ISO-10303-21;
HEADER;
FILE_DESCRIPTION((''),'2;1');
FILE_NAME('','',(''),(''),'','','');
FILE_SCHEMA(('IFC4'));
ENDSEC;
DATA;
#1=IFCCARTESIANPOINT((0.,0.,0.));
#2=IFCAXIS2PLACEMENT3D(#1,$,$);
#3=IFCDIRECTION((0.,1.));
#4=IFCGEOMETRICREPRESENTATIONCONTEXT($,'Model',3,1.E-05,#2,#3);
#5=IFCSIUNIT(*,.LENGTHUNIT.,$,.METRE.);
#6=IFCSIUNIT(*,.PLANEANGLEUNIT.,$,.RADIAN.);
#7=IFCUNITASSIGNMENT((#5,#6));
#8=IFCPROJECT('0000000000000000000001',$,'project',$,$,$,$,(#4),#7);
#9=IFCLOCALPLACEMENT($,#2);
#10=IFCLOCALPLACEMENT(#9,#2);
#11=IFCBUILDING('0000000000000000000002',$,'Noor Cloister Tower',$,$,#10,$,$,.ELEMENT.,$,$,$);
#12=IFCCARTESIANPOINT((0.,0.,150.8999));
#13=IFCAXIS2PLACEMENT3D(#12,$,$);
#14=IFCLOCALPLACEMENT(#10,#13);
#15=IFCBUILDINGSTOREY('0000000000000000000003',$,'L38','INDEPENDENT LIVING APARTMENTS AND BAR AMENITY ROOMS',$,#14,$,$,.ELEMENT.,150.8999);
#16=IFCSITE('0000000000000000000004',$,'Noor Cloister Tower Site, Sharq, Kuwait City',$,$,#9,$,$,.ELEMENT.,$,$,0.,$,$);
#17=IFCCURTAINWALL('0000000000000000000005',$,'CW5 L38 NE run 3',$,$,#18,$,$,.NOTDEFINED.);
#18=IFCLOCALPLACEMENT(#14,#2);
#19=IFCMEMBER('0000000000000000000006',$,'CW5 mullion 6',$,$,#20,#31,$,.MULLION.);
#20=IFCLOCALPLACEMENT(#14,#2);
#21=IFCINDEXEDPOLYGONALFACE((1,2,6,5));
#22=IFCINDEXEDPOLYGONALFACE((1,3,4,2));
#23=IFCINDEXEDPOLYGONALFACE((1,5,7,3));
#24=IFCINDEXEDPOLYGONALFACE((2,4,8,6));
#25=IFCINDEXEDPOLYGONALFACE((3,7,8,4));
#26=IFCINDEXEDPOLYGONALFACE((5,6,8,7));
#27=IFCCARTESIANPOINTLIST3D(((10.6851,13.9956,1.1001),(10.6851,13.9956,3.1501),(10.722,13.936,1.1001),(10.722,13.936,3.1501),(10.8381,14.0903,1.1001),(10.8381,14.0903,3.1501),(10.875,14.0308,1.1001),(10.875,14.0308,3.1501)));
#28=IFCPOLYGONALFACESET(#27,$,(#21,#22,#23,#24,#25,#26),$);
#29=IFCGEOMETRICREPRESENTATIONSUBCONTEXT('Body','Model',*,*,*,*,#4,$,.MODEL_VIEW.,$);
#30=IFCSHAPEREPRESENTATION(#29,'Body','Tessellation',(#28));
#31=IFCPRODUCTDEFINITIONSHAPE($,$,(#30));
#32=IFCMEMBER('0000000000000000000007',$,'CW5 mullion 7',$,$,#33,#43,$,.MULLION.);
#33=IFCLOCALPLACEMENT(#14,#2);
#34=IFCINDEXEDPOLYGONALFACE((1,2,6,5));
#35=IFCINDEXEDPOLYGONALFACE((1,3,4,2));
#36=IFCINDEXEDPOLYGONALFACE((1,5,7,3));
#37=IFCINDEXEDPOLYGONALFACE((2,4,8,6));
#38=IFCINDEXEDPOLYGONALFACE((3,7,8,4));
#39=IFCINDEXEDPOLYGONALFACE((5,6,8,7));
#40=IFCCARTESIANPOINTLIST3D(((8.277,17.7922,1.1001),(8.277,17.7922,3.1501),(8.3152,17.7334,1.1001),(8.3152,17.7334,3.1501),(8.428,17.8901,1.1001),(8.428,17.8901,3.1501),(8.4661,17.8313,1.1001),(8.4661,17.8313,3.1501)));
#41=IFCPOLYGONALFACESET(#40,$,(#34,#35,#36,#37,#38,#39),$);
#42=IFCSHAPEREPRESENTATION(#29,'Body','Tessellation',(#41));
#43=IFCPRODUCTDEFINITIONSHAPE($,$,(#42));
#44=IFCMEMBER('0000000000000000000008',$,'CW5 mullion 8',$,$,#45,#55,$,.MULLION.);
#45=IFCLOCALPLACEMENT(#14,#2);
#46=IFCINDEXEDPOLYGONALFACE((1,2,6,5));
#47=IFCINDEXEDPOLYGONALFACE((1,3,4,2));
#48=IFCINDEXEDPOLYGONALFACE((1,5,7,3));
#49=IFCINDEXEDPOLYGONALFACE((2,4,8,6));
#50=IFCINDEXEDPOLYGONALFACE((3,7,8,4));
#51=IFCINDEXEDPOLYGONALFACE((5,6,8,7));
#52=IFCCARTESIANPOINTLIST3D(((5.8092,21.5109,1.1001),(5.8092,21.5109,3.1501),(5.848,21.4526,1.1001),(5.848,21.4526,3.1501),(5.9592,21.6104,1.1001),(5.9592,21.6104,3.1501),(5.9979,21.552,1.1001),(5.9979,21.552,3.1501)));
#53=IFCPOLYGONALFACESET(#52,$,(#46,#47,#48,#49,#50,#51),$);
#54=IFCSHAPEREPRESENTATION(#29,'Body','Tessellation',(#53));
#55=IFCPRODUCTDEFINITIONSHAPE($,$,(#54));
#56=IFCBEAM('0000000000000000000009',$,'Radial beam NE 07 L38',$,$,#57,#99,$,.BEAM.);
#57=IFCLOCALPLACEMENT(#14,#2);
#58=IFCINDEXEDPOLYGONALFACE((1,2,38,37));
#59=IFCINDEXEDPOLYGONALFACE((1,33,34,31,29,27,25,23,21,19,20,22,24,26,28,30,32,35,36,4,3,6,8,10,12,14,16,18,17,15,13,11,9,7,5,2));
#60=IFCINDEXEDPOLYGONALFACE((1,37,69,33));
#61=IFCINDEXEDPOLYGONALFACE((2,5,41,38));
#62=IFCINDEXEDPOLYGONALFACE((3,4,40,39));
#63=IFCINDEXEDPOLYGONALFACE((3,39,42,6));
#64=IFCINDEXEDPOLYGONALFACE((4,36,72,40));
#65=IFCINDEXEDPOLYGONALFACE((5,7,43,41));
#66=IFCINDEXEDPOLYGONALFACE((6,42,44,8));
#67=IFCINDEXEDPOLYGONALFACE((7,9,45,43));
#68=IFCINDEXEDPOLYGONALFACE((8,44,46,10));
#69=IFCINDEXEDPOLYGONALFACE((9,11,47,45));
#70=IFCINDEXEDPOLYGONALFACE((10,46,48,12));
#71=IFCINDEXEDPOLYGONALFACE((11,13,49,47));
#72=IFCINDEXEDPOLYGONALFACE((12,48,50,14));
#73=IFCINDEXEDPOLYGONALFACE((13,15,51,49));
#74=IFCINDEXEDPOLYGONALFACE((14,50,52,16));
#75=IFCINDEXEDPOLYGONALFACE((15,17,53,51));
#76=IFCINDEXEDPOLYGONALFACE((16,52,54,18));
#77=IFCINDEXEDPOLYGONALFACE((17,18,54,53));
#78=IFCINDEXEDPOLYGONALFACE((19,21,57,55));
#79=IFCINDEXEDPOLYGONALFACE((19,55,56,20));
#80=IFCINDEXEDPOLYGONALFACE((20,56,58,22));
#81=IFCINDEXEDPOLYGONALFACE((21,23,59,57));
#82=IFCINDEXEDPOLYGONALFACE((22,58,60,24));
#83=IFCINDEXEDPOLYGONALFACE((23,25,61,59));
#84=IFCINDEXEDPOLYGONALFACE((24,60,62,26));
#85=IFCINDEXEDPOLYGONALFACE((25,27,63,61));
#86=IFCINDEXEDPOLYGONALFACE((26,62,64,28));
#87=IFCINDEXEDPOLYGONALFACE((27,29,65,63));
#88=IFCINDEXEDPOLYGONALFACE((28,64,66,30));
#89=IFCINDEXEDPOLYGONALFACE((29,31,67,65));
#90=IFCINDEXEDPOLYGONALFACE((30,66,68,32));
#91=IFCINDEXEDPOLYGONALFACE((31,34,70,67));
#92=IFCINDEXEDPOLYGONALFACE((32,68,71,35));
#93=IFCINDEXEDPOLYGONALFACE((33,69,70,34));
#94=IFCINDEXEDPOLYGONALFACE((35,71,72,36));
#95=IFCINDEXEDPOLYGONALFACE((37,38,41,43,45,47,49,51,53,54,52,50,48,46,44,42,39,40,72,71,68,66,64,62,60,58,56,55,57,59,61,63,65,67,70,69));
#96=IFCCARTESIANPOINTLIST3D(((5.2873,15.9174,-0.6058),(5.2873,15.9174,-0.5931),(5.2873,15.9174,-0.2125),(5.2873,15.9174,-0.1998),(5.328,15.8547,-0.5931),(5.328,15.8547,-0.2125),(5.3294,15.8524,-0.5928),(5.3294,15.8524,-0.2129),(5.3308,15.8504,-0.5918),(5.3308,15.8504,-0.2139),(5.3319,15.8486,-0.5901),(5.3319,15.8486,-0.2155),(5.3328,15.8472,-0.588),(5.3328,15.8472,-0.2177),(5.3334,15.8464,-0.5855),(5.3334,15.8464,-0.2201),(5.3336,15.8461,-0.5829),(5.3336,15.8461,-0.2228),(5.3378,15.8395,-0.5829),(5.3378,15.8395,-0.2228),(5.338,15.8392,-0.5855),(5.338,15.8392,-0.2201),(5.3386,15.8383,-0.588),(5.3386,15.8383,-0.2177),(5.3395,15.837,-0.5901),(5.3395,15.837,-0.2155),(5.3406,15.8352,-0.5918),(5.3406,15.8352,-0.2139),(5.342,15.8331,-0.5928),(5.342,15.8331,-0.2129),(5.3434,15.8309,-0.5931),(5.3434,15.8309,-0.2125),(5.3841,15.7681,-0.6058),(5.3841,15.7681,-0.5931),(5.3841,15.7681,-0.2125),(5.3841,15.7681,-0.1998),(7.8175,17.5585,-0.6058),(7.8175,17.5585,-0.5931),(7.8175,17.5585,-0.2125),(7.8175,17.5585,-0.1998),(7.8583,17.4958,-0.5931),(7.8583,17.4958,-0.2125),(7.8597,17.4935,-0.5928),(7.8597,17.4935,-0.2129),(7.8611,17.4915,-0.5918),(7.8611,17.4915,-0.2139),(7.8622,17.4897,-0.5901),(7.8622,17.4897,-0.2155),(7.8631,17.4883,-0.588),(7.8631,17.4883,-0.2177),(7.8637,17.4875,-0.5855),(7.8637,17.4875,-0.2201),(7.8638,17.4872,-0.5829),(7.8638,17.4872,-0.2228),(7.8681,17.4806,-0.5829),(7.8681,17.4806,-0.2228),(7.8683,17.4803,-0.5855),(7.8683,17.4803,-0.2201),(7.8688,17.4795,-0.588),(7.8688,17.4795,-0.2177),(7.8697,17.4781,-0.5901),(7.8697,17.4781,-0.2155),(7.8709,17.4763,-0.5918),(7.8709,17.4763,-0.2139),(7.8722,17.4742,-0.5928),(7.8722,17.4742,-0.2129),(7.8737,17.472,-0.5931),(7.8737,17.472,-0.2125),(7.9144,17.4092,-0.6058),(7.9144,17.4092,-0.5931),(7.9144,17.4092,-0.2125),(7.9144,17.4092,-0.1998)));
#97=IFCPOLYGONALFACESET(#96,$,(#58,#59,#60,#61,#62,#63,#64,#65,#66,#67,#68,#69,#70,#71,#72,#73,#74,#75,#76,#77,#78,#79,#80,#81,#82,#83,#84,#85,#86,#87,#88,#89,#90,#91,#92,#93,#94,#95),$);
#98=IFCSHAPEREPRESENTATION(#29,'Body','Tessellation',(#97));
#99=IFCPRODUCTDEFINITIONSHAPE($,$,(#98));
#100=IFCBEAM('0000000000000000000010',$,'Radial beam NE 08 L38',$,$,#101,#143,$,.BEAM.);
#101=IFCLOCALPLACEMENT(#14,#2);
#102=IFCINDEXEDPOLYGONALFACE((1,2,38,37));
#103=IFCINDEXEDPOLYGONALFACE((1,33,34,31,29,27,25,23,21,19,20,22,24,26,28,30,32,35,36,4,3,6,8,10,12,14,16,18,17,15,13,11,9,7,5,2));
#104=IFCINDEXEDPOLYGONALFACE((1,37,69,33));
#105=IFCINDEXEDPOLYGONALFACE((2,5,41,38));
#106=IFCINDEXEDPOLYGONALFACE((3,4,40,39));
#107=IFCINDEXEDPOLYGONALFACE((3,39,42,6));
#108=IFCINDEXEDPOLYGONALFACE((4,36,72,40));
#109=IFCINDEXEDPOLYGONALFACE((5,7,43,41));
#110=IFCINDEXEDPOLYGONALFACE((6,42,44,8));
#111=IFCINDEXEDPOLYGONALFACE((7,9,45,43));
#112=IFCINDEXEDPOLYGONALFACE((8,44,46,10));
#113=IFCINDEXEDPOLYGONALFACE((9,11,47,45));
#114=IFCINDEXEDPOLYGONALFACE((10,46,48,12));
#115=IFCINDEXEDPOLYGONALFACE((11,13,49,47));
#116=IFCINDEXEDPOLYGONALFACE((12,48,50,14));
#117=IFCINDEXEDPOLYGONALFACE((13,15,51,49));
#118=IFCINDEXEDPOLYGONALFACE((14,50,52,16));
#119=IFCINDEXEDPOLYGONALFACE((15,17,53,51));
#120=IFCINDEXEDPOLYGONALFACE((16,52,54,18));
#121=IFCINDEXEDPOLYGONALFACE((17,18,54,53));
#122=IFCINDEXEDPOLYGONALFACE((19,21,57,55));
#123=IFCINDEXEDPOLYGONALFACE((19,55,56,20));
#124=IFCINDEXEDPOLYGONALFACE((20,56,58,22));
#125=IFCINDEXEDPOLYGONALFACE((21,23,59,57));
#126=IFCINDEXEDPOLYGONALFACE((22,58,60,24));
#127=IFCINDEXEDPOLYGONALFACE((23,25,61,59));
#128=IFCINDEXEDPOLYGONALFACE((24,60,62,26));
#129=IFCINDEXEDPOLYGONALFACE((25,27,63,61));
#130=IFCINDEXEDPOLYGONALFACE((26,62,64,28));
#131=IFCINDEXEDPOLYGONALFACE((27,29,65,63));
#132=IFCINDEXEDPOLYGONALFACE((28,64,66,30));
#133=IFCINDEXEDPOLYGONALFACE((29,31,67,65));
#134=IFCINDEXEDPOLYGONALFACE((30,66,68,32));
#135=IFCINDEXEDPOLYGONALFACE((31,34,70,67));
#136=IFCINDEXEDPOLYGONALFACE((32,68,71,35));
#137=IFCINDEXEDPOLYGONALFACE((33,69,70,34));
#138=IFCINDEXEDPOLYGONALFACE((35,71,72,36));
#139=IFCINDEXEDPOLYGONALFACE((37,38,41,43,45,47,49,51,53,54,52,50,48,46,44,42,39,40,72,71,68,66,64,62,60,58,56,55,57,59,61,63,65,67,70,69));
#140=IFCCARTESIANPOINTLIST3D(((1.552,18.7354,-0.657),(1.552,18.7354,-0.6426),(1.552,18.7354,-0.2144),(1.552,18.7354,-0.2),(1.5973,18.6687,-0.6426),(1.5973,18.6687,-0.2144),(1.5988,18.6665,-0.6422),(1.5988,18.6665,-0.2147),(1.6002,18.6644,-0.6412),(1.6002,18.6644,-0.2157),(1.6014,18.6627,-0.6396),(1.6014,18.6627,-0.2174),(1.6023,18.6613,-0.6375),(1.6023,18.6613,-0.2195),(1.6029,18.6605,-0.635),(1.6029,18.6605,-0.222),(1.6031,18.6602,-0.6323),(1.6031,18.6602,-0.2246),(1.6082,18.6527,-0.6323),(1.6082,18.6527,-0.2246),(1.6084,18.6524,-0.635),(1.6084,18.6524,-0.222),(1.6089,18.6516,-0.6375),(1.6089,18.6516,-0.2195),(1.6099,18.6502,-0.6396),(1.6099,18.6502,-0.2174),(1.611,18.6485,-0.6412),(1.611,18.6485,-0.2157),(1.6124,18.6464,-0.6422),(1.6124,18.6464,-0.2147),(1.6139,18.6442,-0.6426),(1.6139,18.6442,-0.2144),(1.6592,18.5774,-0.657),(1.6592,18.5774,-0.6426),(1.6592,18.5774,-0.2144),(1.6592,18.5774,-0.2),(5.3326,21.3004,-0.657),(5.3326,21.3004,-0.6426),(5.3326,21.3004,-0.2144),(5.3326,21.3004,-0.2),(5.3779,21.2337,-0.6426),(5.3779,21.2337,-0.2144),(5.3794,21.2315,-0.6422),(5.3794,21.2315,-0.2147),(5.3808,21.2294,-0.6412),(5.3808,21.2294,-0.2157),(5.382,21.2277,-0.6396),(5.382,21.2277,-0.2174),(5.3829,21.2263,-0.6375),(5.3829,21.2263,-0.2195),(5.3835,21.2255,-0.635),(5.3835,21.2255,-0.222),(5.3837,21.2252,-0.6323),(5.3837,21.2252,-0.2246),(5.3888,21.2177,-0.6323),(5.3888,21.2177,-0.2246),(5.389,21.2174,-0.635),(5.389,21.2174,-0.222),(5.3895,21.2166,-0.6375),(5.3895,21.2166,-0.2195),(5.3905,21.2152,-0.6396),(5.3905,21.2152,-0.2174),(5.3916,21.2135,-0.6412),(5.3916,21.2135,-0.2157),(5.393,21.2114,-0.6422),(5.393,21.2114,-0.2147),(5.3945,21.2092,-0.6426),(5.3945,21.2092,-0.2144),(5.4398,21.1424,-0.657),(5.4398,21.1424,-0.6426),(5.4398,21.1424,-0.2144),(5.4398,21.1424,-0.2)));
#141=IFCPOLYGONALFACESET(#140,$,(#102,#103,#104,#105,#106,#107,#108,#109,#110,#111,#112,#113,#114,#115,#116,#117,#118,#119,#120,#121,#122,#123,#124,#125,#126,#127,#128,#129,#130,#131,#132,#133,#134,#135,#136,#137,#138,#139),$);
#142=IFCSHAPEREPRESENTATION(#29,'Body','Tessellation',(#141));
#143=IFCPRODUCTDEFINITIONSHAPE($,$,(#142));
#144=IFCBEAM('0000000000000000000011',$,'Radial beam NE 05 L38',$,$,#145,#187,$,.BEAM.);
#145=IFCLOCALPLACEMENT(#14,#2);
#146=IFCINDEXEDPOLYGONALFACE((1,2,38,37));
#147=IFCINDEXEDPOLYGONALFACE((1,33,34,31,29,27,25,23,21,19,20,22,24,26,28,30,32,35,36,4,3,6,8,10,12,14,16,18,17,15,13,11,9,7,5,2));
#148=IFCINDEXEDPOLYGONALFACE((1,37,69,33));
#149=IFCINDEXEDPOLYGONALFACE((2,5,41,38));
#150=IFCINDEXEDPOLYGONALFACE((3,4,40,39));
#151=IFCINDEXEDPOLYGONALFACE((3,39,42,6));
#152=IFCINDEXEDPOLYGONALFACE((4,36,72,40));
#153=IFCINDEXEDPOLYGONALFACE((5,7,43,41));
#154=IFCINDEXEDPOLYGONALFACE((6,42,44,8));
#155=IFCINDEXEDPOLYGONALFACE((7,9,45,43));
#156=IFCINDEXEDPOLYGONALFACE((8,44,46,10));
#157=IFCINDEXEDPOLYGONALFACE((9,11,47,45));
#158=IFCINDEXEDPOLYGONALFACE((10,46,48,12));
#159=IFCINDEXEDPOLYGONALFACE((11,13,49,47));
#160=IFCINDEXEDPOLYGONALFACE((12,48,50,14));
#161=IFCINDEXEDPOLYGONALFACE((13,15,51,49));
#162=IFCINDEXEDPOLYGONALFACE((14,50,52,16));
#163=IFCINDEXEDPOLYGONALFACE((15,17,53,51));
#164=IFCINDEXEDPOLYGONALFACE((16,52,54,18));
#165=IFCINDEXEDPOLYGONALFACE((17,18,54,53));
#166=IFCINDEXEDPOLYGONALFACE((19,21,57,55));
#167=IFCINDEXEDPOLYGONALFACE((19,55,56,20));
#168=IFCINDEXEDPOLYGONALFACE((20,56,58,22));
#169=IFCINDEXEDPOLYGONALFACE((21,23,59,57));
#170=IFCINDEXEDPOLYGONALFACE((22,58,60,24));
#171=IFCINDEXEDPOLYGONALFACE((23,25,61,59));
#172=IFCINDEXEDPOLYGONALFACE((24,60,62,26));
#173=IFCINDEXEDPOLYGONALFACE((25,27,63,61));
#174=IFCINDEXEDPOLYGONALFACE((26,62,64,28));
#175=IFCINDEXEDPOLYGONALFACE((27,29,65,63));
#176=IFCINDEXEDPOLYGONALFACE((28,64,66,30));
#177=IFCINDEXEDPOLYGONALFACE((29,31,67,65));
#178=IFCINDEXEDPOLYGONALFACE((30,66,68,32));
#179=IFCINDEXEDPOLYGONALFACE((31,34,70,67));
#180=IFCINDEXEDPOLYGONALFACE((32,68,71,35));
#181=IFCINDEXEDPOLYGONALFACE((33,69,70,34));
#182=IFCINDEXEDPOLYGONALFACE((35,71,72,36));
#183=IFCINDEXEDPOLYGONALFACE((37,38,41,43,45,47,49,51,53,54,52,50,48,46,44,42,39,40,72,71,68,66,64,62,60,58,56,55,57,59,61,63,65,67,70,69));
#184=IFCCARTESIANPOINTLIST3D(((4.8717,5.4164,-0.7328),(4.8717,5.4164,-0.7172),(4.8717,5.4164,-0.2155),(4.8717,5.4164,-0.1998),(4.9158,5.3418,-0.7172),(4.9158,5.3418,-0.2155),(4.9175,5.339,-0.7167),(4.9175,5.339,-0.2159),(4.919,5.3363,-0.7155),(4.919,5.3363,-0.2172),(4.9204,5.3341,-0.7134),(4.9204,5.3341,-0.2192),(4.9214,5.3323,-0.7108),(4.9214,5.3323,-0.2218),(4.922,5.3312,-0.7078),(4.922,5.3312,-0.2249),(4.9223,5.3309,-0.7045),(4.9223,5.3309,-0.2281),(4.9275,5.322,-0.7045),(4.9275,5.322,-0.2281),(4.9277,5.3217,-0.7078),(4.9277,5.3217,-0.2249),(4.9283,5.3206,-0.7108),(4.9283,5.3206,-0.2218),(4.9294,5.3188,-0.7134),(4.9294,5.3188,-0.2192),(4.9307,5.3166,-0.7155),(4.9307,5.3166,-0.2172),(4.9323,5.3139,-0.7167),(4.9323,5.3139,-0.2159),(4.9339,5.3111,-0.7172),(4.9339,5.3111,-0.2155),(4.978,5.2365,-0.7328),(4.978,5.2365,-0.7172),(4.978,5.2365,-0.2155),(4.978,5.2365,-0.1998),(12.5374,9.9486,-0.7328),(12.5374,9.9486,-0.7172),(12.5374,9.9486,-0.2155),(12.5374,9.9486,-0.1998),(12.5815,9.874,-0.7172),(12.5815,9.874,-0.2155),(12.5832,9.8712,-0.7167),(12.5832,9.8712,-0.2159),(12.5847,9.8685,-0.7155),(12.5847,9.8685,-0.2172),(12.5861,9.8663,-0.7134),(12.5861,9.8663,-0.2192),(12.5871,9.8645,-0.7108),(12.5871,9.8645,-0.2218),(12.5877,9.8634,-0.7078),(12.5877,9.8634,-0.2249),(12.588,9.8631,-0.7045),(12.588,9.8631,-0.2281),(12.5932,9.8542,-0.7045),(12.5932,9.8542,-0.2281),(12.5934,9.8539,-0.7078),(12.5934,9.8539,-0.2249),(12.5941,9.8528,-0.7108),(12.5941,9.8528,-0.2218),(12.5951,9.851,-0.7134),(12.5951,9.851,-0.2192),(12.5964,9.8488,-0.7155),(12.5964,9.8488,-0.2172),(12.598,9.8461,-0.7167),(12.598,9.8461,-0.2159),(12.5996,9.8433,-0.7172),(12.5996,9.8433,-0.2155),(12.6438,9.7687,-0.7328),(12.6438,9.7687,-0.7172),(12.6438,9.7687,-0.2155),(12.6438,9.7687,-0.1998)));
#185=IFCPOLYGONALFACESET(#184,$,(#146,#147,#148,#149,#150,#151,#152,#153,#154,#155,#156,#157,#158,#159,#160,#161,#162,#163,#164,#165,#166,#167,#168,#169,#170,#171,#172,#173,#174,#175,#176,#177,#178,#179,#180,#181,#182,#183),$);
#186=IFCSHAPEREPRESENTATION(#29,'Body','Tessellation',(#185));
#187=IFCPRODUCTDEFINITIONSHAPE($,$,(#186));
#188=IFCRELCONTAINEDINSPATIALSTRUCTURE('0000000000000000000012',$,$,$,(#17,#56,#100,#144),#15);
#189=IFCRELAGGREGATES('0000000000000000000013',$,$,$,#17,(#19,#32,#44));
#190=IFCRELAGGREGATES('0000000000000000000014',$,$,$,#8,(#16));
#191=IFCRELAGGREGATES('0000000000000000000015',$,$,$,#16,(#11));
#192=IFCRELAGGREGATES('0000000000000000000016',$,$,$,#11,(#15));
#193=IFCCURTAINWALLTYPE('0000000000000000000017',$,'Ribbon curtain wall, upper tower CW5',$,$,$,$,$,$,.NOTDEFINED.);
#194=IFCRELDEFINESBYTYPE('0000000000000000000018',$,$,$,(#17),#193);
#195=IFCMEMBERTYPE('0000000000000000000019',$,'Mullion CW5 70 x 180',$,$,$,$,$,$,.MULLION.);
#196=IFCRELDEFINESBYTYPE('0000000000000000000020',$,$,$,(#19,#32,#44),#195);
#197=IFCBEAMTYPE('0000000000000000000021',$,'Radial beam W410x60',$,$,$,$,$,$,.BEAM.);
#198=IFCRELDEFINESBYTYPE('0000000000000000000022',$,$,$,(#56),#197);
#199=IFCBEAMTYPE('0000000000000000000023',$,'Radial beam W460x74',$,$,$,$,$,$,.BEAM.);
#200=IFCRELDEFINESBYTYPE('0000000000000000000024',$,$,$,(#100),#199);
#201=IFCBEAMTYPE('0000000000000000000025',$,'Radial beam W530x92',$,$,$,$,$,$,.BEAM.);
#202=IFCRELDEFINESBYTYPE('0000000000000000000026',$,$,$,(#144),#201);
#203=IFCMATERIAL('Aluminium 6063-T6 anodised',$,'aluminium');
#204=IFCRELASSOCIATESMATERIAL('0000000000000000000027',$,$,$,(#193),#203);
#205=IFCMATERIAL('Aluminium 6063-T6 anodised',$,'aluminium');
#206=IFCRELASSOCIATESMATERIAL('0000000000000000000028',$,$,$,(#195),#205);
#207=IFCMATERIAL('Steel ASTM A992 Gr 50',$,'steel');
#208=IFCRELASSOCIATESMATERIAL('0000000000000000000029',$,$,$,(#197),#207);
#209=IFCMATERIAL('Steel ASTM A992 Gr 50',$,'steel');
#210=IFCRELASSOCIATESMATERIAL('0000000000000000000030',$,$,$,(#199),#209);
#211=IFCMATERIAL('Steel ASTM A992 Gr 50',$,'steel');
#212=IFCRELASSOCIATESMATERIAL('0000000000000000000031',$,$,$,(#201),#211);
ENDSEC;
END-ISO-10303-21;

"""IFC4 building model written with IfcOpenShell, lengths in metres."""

from ifc_helpers import new_model, si_unit, direction, frame, origin, origin_2d, place, context, subcontext, project, spatial, rectangle, i_section, extrude, material, material_profile, profile_set, type_object, element, aggregate, save


model = new_model("IFC4")

# Units and contexts
model_context = context("Model", 3, precision=1e-05, world=origin(), true_north=direction((0.0, 1.0)))
body_context = subcontext(model_context, "Body", "Model", "MODEL_VIEW")
ifc_project = project(units=[si_unit("LENGTHUNIT", "METRE"), si_unit("PLANEANGLEUNIT", "RADIAN")], contexts=[model_context])

# Site, building, storey
site_placement = place(None, origin())
site = spatial("IfcSite", under=ifc_project, at=site_placement, Name="Noor Cloister Tower Site, Sharq, Kuwait City", CompositionType="ELEMENT", RefElevation=0.0)
building_placement = place(site_placement, origin())
building = spatial("IfcBuilding", under=site, at=building_placement, Name="Noor Cloister Tower", CompositionType="ELEMENT")
storey_placement = place(building_placement, frame((0.0, 0.0, 150.8999)))
storey = spatial("IfcBuildingStorey", under=building, at=storey_placement, Name="L38", Description="INDEPENDENT LIVING APARTMENTS AND BAR AMENITY ROOMS", CompositionType="ELEMENT", Elevation=150.8999)

# Curtain wall, members
ifc_material_1 = material(Name="Aluminium 6063-T6 anodised", Category="aluminium")
curtain_wall_type = type_object("IfcCurtainWallType", Name="Ribbon curtain wall, upper tower CW5", PredefinedType="NOTDEFINED", material=ifc_material_1)
curtain_wall_placement = place(storey_placement, origin())
curtain_wall = element("IfcCurtainWall", 1, at=curtain_wall_placement, inside=storey, type_object=curtain_wall_type, Name="CW5 L38 NE run 3", PredefinedType="NOTDEFINED")
ifc_material_2 = material(Name="Aluminium 6063-T6 anodised", Category="aluminium")
ifc_material_profile_1 = material_profile(ifc_material_2, rectangle(XDim=0.1799, YDim=0.0701, at=origin_2d()), Name="180 x 70 mullion")
ifc_profile_set_1 = profile_set([ifc_material_profile_1], Name="Aluminium 6063-T6 anodised")
member_type = type_object("IfcMemberType", Name="Mullion CW5 70 x 180", PredefinedType="MULLION", material=ifc_profile_set_1)
member_1_placement = place(storey_placement, frame((10.78, 14.0132, 1.1001), z_axis=(0.0, 0.0, 1.0), x_axis=(-0.850063, -0.526681, 0.0)))
member_1 = element("IfcMember", 2, at=member_1_placement, type_object=member_type, Name="CW5 mullion 6", PredefinedType="MULLION", context=body_context, shape_type="SweptSolid", body=[
    extrude(rectangle(XDim=0.1799, YDim=0.0701, at=origin_2d()), origin(), (0.0, 0.0, 1.0), 2.05),
])
member_2_placement = place(storey_placement, frame((8.3716, 17.8118, 1.1001), z_axis=(0.0, 0.0, 1.0), x_axis=(-0.838964, -0.544188, 0.0)))
member_2 = element("IfcMember", 3, at=member_2_placement, type_object=member_type, Name="CW5 mullion 7", PredefinedType="MULLION", context=body_context, shape_type="SweptSolid", body=[
    extrude(rectangle(XDim=0.1799, YDim=0.0701, at=origin_2d()), origin(), (0.0, 0.0, 1.0), 2.05),
])
member_3_placement = place(storey_placement, frame((5.9036, 21.5315, 1.1001), z_axis=(0.0, 0.0, 1.0), x_axis=(-0.833278, -0.552854, 0.0)))
member_3 = element("IfcMember", 4, at=member_3_placement, type_object=member_type, Name="CW5 mullion 8", PredefinedType="MULLION", context=body_context, shape_type="SweptSolid", body=[
    extrude(rectangle(XDim=0.1799, YDim=0.0701, at=origin_2d()), origin(), (0.0, 0.0, 1.0), 2.05),
])

# Beams
ifc_material_3 = material(Name="Steel ASTM A992 Gr 50", Category="steel")
ifc_material_profile_2 = material_profile(ifc_material_3, i_section(OverallWidth=0.178, OverallDepth=0.406, WebThickness=0.0078, FlangeThickness=0.0127, FilletRadius=0.0103, at=origin_2d()), Name="W410x60")
ifc_profile_set_2 = profile_set([ifc_material_profile_2], Name="Steel ASTM A992 Gr 50")
beam_type_1 = type_object("IfcBeamType", Name="Radial beam W410x60", PredefinedType="BEAM", material=ifc_profile_set_2)
beam_1_placement = place(storey_placement, frame((7.866, 17.4839, -0.4028), z_axis=(-0.838983, -0.544157, 0.0), x_axis=(0.544157, -0.838983, 0.0)))
element("IfcBeam", 5, at=beam_1_placement, inside=storey, type_object=beam_type_1, Name="Radial beam NE 07 L38", PredefinedType="BEAM", context=body_context, shape_type="SweptSolid", body=[
    extrude(i_section(OverallWidth=0.178, OverallDepth=0.406, WebThickness=0.0078, FlangeThickness=0.0127, FilletRadius=0.0103, at=origin_2d()), origin(), (0.0, 0.0, 1.0), 3.0159),
])
ifc_material_4 = material(Name="Steel ASTM A992 Gr 50", Category="steel")
ifc_material_profile_3 = material_profile(ifc_material_4, i_section(OverallWidth=0.1909, OverallDepth=0.457, WebThickness=0.009, FlangeThickness=0.0144, FilletRadius=0.0103, at=origin_2d()), Name="W460x74")
ifc_profile_set_3 = profile_set([ifc_material_profile_3], Name="Steel ASTM A992 Gr 50")
beam_type_2 = type_object("IfcBeamType", Name="Radial beam W460x74", PredefinedType="BEAM", material=ifc_profile_set_3)
beam_2_placement = place(storey_placement, frame((5.3862, 21.2214, -0.4285), z_axis=(-0.827517, -0.56144, 0.0), x_axis=(0.56144, -0.827517, 0.0)))
element("IfcBeam", 6, at=beam_2_placement, inside=storey, type_object=beam_type_2, Name="Radial beam NE 08 L38", PredefinedType="BEAM", context=body_context, shape_type="SweptSolid", body=[
    extrude(i_section(OverallWidth=0.1909, OverallDepth=0.457, WebThickness=0.009, FlangeThickness=0.0144, FilletRadius=0.0103, at=origin_2d()), origin(), (0.0, 0.0, 1.0), 4.5686),
])
ifc_material_5 = material(Name="Steel ASTM A992 Gr 50", Category="steel")
ifc_material_profile_4 = material_profile(ifc_material_5, i_section(OverallWidth=0.209, OverallDepth=0.533, WebThickness=0.0103, FlangeThickness=0.0156, FilletRadius=0.0127, at=origin_2d()), Name="W530x92")
ifc_profile_set_4 = profile_set([ifc_material_profile_4], Name="Steel ASTM A992 Gr 50")
beam_type_3 = type_object("IfcBeamType", Name="Radial beam W530x92", PredefinedType="BEAM", material=ifc_profile_set_4)
beam_3_placement = place(storey_placement, frame((12.5906, 9.8586, -0.4663), z_axis=(-0.860806, -0.508933, 0.0), x_axis=(0.508933, -0.860806, 0.0)))
element("IfcBeam", 7, at=beam_3_placement, inside=storey, type_object=beam_type_3, Name="Radial beam NE 05 L38", PredefinedType="BEAM", context=body_context, shape_type="SweptSolid", body=[
    extrude(i_section(OverallWidth=0.209, OverallDepth=0.533, WebThickness=0.0103, FlangeThickness=0.0156, FilletRadius=0.0127, at=origin_2d()), origin(), (0.0, 0.0, 1.0), 8.9053),
])

aggregate(curtain_wall, [member_1, member_2, member_3])

save(model, "model.ifc")
